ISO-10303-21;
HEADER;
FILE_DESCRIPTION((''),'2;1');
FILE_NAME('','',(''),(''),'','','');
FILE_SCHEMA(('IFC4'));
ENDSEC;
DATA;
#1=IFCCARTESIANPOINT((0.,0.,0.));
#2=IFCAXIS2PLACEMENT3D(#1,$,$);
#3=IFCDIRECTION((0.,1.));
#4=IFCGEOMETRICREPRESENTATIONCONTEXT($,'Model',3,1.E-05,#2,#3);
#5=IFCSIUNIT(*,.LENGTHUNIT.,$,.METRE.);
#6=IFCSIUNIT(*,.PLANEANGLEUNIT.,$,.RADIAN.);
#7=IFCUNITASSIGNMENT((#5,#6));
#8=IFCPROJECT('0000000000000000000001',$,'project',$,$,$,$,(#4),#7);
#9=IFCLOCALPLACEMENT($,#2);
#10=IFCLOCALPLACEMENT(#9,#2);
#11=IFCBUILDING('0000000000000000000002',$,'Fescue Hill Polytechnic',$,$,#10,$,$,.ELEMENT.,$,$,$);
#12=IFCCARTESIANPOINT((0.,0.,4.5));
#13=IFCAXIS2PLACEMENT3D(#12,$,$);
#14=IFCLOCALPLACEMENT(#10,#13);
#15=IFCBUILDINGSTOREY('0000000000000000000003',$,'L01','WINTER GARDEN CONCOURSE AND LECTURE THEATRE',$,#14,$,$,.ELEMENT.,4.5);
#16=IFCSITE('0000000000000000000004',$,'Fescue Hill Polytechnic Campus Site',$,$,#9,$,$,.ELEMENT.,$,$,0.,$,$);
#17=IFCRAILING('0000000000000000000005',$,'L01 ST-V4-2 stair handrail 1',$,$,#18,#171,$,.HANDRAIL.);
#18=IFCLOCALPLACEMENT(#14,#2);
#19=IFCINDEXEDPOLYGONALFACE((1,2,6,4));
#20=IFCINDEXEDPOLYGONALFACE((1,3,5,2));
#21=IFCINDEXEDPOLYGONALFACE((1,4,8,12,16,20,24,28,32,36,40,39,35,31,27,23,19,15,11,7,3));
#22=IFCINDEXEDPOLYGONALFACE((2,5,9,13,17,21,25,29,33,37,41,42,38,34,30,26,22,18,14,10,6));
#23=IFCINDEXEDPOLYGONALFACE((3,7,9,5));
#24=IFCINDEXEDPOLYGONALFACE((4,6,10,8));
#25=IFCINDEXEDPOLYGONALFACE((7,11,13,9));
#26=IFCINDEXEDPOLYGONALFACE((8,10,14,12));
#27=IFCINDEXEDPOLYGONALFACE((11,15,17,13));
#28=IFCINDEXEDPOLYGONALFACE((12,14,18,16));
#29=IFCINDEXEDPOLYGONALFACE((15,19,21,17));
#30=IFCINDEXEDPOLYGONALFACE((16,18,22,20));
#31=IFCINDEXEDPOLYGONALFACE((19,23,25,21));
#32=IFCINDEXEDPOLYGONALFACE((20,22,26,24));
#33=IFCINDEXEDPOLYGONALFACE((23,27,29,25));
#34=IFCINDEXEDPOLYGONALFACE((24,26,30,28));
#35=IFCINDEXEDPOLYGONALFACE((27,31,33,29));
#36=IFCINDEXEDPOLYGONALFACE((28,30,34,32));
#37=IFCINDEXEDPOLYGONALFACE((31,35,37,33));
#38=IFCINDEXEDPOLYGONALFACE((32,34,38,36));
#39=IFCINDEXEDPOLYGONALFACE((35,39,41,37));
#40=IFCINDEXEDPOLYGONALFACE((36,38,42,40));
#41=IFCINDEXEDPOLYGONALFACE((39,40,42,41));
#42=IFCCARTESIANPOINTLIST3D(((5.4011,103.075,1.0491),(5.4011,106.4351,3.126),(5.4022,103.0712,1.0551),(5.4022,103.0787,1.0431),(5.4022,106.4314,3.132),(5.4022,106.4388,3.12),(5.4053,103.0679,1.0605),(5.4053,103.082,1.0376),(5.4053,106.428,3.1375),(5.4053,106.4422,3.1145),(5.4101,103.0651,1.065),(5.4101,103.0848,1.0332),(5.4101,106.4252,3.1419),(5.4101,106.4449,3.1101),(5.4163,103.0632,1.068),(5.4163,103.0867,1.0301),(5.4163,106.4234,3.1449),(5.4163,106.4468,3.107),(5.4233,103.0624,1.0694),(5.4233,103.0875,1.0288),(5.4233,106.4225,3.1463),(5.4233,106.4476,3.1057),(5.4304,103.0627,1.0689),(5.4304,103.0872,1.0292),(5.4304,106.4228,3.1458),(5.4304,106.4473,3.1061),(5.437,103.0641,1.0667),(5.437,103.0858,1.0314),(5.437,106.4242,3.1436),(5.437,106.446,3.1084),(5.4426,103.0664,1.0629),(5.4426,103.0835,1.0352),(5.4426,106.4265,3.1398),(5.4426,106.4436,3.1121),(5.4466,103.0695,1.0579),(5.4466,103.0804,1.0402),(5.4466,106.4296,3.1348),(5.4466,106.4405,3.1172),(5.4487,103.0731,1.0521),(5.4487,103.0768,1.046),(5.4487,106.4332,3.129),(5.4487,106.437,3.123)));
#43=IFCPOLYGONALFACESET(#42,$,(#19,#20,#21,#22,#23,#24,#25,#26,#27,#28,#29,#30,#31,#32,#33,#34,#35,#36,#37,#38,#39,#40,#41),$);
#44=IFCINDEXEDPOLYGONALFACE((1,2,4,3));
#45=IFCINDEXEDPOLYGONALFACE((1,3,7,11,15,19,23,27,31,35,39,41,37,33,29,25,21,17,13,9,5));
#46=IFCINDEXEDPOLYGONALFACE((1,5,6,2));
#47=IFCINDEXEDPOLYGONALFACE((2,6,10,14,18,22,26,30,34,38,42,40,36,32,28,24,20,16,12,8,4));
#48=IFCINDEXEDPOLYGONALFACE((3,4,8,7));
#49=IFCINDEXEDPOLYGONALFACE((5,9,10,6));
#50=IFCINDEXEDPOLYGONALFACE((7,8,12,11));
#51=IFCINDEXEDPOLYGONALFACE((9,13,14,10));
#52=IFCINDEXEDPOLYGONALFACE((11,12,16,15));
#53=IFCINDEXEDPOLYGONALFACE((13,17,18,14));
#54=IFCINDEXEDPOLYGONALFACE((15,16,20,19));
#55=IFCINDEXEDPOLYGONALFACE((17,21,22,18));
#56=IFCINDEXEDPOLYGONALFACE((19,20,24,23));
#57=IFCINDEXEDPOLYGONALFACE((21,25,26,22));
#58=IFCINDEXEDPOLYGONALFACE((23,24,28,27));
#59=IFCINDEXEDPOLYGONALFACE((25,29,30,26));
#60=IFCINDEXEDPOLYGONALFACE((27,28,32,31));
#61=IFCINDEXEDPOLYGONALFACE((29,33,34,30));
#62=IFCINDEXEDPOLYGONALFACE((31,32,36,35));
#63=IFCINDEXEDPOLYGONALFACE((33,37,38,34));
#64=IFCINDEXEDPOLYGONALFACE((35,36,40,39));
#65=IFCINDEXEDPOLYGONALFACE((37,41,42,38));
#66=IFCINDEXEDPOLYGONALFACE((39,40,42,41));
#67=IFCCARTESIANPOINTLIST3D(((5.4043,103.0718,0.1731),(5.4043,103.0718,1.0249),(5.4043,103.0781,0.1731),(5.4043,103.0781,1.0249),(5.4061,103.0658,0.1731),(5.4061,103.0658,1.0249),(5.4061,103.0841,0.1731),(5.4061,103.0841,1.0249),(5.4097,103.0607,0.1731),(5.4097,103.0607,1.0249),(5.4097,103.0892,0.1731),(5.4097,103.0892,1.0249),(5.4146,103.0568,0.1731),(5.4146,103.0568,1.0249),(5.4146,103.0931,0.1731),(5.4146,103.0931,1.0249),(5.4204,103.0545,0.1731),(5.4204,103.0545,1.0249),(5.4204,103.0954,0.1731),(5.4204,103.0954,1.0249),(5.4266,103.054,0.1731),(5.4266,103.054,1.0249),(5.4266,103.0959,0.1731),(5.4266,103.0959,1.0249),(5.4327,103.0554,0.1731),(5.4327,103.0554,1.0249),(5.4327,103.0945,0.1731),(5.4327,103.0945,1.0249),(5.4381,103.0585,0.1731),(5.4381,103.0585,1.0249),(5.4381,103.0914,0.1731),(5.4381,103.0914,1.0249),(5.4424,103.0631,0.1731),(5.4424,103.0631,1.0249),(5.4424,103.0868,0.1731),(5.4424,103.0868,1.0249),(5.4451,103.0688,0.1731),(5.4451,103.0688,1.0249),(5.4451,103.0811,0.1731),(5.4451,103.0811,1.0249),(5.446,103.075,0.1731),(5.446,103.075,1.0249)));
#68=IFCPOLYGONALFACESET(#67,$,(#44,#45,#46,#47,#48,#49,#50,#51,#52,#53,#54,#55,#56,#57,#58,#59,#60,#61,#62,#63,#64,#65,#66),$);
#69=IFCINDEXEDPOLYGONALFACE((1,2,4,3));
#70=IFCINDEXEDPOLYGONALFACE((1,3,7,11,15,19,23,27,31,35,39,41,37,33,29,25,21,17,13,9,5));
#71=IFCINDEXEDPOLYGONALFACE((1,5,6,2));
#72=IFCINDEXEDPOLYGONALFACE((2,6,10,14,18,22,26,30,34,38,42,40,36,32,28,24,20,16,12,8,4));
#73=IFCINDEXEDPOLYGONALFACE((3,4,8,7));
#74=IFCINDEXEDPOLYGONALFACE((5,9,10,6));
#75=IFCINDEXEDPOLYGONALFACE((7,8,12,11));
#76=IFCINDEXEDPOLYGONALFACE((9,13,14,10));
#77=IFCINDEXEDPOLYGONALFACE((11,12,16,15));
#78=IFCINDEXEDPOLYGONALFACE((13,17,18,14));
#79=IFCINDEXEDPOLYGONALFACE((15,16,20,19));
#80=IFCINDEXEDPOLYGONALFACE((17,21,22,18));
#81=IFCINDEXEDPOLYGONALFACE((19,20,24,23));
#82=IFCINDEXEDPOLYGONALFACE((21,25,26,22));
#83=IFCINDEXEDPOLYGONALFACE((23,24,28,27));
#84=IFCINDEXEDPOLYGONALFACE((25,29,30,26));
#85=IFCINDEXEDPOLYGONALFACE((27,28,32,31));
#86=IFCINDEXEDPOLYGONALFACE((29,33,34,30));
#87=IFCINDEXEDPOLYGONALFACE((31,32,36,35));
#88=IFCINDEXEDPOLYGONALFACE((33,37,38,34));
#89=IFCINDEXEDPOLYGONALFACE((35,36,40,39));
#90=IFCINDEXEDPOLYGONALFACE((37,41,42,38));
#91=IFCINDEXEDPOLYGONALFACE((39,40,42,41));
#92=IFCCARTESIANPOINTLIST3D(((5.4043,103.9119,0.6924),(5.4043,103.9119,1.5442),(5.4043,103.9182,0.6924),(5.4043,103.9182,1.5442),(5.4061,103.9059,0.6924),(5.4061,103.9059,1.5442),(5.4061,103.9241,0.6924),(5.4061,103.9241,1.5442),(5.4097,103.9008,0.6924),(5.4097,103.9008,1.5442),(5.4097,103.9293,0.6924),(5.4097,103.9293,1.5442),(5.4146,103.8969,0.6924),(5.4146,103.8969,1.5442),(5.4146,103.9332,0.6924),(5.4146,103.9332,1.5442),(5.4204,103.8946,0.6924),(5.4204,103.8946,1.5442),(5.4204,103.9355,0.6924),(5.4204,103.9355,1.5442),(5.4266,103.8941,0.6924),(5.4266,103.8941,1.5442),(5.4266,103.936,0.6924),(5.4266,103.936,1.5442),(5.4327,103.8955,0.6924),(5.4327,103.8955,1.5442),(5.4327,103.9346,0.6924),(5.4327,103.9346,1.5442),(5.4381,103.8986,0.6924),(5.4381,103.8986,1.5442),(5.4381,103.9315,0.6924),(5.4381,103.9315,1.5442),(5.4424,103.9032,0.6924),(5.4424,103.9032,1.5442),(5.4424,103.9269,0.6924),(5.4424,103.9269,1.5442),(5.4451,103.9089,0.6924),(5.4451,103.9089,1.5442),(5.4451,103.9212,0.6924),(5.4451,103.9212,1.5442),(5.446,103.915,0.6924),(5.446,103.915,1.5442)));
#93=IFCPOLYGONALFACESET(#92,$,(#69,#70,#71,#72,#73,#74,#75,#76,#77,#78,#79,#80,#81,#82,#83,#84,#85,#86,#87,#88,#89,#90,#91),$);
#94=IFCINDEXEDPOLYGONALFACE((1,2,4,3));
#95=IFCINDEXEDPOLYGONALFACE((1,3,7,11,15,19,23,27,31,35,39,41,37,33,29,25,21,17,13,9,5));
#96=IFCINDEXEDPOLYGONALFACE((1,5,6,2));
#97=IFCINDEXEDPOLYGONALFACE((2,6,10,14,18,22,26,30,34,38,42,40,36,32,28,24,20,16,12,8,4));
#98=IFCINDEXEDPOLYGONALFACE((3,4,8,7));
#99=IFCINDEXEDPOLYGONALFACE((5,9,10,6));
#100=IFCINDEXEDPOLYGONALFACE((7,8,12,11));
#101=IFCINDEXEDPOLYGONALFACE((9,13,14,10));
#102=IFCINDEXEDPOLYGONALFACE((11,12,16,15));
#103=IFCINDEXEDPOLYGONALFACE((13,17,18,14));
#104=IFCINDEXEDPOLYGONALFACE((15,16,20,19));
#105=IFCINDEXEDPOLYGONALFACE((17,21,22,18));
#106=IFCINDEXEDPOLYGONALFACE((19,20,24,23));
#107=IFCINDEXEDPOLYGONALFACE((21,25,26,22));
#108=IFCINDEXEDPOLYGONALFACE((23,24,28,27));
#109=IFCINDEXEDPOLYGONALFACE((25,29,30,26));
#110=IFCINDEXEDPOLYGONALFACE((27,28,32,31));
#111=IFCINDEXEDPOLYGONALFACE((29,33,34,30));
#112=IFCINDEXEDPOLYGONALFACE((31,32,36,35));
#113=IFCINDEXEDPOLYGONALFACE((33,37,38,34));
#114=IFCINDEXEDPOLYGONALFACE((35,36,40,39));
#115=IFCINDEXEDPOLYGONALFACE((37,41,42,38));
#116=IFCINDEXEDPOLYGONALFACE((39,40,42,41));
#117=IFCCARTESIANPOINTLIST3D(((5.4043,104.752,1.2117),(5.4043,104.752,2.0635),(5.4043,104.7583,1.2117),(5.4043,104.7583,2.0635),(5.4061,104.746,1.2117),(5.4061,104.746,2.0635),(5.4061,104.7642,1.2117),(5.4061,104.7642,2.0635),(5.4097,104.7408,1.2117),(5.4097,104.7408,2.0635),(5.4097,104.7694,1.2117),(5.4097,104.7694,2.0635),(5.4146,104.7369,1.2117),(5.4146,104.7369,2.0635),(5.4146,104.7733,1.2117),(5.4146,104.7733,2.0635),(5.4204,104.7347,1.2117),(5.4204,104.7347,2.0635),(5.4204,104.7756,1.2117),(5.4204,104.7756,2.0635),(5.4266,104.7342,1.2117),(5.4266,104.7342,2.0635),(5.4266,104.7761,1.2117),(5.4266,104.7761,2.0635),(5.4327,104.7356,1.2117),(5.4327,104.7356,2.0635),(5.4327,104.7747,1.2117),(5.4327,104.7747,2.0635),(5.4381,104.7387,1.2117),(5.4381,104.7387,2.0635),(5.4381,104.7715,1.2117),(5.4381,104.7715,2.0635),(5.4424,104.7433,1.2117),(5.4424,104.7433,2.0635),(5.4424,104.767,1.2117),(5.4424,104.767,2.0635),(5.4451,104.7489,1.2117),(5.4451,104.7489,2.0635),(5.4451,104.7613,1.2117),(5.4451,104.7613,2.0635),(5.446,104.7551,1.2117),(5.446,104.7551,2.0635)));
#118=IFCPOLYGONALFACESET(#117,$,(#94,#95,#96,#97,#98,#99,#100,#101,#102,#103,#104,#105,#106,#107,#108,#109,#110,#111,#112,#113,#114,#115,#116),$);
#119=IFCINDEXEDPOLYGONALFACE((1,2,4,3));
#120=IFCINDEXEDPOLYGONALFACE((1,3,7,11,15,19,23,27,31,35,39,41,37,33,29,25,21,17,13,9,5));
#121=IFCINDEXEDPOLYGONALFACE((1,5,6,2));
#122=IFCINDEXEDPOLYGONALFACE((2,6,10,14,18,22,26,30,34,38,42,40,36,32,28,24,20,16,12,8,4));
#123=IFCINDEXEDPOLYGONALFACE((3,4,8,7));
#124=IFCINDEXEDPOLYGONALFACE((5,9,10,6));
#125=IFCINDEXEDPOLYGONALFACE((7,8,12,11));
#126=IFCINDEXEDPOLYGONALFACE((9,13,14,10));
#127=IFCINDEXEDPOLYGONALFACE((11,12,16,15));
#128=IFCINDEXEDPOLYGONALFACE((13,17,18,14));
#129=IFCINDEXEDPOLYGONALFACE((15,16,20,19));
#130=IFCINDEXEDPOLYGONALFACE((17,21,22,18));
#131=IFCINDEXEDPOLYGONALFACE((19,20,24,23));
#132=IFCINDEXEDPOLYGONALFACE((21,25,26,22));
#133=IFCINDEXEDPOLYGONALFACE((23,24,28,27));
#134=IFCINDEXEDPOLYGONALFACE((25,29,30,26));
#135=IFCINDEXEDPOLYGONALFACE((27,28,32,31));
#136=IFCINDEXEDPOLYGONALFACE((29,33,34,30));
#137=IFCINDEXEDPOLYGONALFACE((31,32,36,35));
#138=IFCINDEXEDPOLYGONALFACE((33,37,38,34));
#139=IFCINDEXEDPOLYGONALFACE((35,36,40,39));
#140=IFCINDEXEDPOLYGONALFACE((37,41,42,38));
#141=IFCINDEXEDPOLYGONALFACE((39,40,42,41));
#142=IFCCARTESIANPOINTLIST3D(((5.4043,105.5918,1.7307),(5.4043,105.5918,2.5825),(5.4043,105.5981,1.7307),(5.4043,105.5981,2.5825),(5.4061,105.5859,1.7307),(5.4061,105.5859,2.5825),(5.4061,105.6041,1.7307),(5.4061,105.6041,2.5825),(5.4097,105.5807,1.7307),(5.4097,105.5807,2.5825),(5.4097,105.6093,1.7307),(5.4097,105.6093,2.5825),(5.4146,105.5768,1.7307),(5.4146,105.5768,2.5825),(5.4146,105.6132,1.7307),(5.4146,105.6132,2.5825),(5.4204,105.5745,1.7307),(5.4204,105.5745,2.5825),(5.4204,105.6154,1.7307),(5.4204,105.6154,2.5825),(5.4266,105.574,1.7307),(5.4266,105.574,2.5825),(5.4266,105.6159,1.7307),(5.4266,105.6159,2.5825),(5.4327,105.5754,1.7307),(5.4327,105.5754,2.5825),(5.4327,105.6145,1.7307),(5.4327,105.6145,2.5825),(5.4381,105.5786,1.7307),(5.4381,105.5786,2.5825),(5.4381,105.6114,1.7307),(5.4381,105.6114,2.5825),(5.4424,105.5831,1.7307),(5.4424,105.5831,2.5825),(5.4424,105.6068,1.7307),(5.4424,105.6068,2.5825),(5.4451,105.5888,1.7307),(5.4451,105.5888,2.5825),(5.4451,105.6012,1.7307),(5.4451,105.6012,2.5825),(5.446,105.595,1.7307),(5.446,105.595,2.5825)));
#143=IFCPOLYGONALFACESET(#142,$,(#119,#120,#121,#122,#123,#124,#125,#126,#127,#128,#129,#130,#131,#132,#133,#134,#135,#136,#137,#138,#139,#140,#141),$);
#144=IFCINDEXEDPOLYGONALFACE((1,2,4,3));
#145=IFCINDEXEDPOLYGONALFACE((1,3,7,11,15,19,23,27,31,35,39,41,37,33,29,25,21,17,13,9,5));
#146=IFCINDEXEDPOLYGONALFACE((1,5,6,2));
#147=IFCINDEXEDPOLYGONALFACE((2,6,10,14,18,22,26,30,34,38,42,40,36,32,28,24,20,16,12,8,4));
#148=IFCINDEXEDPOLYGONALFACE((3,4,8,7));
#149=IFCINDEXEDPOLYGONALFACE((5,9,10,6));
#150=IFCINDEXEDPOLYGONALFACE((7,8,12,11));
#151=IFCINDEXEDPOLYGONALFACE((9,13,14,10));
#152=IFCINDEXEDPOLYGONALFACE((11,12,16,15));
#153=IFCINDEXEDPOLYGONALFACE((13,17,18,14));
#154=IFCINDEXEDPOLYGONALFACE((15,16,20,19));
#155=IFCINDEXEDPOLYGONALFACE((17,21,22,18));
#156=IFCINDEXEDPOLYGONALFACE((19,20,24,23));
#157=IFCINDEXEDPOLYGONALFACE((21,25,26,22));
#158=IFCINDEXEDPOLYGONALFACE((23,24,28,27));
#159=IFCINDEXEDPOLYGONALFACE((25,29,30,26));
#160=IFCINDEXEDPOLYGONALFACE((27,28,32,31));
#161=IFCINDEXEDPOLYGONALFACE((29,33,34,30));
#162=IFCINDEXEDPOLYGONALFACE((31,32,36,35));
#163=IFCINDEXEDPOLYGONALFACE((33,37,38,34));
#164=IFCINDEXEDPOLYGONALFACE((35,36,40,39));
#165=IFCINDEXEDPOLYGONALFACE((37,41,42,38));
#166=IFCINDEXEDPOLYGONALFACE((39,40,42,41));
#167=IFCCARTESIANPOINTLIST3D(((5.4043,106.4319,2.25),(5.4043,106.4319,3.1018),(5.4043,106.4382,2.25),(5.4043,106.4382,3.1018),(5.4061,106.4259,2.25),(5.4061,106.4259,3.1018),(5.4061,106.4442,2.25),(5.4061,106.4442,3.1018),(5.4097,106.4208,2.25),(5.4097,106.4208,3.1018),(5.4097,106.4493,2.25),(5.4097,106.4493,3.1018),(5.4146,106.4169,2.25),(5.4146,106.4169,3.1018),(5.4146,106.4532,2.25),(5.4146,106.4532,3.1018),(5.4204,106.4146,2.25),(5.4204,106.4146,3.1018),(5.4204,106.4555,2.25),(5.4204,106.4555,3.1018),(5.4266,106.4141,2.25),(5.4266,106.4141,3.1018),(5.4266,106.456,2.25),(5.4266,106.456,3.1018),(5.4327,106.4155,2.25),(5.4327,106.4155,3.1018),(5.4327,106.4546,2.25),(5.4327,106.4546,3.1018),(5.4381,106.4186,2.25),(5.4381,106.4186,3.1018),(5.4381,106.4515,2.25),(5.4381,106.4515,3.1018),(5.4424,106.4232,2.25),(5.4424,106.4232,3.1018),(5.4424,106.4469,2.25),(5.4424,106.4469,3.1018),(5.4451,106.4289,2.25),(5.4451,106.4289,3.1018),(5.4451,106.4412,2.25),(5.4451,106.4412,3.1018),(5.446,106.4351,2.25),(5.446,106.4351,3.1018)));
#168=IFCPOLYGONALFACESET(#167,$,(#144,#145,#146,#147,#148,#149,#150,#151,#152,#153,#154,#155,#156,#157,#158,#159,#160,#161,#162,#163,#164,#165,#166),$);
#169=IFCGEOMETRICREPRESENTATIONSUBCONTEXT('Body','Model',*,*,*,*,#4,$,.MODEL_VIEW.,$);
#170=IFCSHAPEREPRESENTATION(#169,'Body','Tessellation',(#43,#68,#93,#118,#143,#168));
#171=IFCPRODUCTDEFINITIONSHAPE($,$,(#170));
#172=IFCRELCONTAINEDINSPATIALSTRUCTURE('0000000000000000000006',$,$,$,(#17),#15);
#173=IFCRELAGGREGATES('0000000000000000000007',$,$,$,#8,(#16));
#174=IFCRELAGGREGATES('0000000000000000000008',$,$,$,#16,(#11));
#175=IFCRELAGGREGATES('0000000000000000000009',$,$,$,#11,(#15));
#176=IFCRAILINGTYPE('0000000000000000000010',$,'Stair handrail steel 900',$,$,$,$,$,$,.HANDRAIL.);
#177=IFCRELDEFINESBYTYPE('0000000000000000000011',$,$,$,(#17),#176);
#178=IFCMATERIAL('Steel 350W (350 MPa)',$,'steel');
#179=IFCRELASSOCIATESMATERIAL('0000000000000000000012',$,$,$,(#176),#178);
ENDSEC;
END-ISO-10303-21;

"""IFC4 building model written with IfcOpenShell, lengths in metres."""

from ifc_helpers import new_model, si_unit, direction, frame, origin, origin_2d, place, context, subcontext, project, spatial, circle, extrude, material, type_object, element, save


model = new_model("IFC4")

# Units and contexts
model_context = context("Model", 3, precision=1e-05, world=origin(), true_north=direction((0.0, 1.0)))
body_context = subcontext(model_context, "Body", "Model", "MODEL_VIEW")
ifc_project = project(units=[si_unit("LENGTHUNIT", "METRE"), si_unit("PLANEANGLEUNIT", "RADIAN")], contexts=[model_context])

# Site, building, storey
site_placement = place(None, origin())
site = spatial("IfcSite", under=ifc_project, at=site_placement, Name="Fescue Hill Polytechnic Campus Site", CompositionType="ELEMENT", RefElevation=0.0)
building_placement = place(site_placement, origin())
building = spatial("IfcBuilding", under=site, at=building_placement, Name="Fescue Hill Polytechnic", CompositionType="ELEMENT")
storey_placement = place(building_placement, frame((0.0, 0.0, 4.5)))
storey = spatial("IfcBuildingStorey", under=building, at=storey_placement, Name="L01", Description="WINTER GARDEN CONCOURSE AND LECTURE THEATRE", CompositionType="ELEMENT", Elevation=4.5)

# Railing
ifc_material_1 = material(Name="Steel 350W (350 MPa)", Category="steel")
railing_type_1 = type_object("IfcRailingType", Name="Stair handrail steel 900", PredefinedType="HANDRAIL", material=ifc_material_1)
railing_1_placement = place(storey_placement, frame((5.425, 103.075, 0.1731)))
element("IfcRailing", 1, at=railing_1_placement, inside=storey, type_object=railing_type_1, Name="L01 ST-V4-2 stair handrail 1", PredefinedType="HANDRAIL", context=body_context, shape_type="SweptSolid", body=[
    extrude(circle(Radius=0.0239, at=origin_2d()), frame((0.0, 0.0, 0.876), z_axis=(0.0, 0.850623, 0.525776), x_axis=(-1.0, 0.0, 0.0)), (0.0, 0.0, 1.0), 3.9502),
    extrude(circle(Radius=0.021, at=origin_2d()), origin(), (0.0, 0.0, 1.0), 0.8518),
    extrude(circle(Radius=0.021, at=origin_2d()), frame((0.0, 0.8401, 0.5193)), (0.0, 0.0, 1.0), 0.8518),
    extrude(circle(Radius=0.021, at=origin_2d()), frame((0.0, 1.6802, 1.0386)), (0.0, 0.0, 1.0), 0.8518),
    extrude(circle(Radius=0.021, at=origin_2d()), frame((0.0, 2.52, 1.5576)), (0.0, 0.0, 1.0), 0.8518),
    extrude(circle(Radius=0.021, at=origin_2d()), frame((0.0, 3.3601, 2.0769)), (0.0, 0.0, 1.0), 0.8518),
])

save(model, "model.ifc")
